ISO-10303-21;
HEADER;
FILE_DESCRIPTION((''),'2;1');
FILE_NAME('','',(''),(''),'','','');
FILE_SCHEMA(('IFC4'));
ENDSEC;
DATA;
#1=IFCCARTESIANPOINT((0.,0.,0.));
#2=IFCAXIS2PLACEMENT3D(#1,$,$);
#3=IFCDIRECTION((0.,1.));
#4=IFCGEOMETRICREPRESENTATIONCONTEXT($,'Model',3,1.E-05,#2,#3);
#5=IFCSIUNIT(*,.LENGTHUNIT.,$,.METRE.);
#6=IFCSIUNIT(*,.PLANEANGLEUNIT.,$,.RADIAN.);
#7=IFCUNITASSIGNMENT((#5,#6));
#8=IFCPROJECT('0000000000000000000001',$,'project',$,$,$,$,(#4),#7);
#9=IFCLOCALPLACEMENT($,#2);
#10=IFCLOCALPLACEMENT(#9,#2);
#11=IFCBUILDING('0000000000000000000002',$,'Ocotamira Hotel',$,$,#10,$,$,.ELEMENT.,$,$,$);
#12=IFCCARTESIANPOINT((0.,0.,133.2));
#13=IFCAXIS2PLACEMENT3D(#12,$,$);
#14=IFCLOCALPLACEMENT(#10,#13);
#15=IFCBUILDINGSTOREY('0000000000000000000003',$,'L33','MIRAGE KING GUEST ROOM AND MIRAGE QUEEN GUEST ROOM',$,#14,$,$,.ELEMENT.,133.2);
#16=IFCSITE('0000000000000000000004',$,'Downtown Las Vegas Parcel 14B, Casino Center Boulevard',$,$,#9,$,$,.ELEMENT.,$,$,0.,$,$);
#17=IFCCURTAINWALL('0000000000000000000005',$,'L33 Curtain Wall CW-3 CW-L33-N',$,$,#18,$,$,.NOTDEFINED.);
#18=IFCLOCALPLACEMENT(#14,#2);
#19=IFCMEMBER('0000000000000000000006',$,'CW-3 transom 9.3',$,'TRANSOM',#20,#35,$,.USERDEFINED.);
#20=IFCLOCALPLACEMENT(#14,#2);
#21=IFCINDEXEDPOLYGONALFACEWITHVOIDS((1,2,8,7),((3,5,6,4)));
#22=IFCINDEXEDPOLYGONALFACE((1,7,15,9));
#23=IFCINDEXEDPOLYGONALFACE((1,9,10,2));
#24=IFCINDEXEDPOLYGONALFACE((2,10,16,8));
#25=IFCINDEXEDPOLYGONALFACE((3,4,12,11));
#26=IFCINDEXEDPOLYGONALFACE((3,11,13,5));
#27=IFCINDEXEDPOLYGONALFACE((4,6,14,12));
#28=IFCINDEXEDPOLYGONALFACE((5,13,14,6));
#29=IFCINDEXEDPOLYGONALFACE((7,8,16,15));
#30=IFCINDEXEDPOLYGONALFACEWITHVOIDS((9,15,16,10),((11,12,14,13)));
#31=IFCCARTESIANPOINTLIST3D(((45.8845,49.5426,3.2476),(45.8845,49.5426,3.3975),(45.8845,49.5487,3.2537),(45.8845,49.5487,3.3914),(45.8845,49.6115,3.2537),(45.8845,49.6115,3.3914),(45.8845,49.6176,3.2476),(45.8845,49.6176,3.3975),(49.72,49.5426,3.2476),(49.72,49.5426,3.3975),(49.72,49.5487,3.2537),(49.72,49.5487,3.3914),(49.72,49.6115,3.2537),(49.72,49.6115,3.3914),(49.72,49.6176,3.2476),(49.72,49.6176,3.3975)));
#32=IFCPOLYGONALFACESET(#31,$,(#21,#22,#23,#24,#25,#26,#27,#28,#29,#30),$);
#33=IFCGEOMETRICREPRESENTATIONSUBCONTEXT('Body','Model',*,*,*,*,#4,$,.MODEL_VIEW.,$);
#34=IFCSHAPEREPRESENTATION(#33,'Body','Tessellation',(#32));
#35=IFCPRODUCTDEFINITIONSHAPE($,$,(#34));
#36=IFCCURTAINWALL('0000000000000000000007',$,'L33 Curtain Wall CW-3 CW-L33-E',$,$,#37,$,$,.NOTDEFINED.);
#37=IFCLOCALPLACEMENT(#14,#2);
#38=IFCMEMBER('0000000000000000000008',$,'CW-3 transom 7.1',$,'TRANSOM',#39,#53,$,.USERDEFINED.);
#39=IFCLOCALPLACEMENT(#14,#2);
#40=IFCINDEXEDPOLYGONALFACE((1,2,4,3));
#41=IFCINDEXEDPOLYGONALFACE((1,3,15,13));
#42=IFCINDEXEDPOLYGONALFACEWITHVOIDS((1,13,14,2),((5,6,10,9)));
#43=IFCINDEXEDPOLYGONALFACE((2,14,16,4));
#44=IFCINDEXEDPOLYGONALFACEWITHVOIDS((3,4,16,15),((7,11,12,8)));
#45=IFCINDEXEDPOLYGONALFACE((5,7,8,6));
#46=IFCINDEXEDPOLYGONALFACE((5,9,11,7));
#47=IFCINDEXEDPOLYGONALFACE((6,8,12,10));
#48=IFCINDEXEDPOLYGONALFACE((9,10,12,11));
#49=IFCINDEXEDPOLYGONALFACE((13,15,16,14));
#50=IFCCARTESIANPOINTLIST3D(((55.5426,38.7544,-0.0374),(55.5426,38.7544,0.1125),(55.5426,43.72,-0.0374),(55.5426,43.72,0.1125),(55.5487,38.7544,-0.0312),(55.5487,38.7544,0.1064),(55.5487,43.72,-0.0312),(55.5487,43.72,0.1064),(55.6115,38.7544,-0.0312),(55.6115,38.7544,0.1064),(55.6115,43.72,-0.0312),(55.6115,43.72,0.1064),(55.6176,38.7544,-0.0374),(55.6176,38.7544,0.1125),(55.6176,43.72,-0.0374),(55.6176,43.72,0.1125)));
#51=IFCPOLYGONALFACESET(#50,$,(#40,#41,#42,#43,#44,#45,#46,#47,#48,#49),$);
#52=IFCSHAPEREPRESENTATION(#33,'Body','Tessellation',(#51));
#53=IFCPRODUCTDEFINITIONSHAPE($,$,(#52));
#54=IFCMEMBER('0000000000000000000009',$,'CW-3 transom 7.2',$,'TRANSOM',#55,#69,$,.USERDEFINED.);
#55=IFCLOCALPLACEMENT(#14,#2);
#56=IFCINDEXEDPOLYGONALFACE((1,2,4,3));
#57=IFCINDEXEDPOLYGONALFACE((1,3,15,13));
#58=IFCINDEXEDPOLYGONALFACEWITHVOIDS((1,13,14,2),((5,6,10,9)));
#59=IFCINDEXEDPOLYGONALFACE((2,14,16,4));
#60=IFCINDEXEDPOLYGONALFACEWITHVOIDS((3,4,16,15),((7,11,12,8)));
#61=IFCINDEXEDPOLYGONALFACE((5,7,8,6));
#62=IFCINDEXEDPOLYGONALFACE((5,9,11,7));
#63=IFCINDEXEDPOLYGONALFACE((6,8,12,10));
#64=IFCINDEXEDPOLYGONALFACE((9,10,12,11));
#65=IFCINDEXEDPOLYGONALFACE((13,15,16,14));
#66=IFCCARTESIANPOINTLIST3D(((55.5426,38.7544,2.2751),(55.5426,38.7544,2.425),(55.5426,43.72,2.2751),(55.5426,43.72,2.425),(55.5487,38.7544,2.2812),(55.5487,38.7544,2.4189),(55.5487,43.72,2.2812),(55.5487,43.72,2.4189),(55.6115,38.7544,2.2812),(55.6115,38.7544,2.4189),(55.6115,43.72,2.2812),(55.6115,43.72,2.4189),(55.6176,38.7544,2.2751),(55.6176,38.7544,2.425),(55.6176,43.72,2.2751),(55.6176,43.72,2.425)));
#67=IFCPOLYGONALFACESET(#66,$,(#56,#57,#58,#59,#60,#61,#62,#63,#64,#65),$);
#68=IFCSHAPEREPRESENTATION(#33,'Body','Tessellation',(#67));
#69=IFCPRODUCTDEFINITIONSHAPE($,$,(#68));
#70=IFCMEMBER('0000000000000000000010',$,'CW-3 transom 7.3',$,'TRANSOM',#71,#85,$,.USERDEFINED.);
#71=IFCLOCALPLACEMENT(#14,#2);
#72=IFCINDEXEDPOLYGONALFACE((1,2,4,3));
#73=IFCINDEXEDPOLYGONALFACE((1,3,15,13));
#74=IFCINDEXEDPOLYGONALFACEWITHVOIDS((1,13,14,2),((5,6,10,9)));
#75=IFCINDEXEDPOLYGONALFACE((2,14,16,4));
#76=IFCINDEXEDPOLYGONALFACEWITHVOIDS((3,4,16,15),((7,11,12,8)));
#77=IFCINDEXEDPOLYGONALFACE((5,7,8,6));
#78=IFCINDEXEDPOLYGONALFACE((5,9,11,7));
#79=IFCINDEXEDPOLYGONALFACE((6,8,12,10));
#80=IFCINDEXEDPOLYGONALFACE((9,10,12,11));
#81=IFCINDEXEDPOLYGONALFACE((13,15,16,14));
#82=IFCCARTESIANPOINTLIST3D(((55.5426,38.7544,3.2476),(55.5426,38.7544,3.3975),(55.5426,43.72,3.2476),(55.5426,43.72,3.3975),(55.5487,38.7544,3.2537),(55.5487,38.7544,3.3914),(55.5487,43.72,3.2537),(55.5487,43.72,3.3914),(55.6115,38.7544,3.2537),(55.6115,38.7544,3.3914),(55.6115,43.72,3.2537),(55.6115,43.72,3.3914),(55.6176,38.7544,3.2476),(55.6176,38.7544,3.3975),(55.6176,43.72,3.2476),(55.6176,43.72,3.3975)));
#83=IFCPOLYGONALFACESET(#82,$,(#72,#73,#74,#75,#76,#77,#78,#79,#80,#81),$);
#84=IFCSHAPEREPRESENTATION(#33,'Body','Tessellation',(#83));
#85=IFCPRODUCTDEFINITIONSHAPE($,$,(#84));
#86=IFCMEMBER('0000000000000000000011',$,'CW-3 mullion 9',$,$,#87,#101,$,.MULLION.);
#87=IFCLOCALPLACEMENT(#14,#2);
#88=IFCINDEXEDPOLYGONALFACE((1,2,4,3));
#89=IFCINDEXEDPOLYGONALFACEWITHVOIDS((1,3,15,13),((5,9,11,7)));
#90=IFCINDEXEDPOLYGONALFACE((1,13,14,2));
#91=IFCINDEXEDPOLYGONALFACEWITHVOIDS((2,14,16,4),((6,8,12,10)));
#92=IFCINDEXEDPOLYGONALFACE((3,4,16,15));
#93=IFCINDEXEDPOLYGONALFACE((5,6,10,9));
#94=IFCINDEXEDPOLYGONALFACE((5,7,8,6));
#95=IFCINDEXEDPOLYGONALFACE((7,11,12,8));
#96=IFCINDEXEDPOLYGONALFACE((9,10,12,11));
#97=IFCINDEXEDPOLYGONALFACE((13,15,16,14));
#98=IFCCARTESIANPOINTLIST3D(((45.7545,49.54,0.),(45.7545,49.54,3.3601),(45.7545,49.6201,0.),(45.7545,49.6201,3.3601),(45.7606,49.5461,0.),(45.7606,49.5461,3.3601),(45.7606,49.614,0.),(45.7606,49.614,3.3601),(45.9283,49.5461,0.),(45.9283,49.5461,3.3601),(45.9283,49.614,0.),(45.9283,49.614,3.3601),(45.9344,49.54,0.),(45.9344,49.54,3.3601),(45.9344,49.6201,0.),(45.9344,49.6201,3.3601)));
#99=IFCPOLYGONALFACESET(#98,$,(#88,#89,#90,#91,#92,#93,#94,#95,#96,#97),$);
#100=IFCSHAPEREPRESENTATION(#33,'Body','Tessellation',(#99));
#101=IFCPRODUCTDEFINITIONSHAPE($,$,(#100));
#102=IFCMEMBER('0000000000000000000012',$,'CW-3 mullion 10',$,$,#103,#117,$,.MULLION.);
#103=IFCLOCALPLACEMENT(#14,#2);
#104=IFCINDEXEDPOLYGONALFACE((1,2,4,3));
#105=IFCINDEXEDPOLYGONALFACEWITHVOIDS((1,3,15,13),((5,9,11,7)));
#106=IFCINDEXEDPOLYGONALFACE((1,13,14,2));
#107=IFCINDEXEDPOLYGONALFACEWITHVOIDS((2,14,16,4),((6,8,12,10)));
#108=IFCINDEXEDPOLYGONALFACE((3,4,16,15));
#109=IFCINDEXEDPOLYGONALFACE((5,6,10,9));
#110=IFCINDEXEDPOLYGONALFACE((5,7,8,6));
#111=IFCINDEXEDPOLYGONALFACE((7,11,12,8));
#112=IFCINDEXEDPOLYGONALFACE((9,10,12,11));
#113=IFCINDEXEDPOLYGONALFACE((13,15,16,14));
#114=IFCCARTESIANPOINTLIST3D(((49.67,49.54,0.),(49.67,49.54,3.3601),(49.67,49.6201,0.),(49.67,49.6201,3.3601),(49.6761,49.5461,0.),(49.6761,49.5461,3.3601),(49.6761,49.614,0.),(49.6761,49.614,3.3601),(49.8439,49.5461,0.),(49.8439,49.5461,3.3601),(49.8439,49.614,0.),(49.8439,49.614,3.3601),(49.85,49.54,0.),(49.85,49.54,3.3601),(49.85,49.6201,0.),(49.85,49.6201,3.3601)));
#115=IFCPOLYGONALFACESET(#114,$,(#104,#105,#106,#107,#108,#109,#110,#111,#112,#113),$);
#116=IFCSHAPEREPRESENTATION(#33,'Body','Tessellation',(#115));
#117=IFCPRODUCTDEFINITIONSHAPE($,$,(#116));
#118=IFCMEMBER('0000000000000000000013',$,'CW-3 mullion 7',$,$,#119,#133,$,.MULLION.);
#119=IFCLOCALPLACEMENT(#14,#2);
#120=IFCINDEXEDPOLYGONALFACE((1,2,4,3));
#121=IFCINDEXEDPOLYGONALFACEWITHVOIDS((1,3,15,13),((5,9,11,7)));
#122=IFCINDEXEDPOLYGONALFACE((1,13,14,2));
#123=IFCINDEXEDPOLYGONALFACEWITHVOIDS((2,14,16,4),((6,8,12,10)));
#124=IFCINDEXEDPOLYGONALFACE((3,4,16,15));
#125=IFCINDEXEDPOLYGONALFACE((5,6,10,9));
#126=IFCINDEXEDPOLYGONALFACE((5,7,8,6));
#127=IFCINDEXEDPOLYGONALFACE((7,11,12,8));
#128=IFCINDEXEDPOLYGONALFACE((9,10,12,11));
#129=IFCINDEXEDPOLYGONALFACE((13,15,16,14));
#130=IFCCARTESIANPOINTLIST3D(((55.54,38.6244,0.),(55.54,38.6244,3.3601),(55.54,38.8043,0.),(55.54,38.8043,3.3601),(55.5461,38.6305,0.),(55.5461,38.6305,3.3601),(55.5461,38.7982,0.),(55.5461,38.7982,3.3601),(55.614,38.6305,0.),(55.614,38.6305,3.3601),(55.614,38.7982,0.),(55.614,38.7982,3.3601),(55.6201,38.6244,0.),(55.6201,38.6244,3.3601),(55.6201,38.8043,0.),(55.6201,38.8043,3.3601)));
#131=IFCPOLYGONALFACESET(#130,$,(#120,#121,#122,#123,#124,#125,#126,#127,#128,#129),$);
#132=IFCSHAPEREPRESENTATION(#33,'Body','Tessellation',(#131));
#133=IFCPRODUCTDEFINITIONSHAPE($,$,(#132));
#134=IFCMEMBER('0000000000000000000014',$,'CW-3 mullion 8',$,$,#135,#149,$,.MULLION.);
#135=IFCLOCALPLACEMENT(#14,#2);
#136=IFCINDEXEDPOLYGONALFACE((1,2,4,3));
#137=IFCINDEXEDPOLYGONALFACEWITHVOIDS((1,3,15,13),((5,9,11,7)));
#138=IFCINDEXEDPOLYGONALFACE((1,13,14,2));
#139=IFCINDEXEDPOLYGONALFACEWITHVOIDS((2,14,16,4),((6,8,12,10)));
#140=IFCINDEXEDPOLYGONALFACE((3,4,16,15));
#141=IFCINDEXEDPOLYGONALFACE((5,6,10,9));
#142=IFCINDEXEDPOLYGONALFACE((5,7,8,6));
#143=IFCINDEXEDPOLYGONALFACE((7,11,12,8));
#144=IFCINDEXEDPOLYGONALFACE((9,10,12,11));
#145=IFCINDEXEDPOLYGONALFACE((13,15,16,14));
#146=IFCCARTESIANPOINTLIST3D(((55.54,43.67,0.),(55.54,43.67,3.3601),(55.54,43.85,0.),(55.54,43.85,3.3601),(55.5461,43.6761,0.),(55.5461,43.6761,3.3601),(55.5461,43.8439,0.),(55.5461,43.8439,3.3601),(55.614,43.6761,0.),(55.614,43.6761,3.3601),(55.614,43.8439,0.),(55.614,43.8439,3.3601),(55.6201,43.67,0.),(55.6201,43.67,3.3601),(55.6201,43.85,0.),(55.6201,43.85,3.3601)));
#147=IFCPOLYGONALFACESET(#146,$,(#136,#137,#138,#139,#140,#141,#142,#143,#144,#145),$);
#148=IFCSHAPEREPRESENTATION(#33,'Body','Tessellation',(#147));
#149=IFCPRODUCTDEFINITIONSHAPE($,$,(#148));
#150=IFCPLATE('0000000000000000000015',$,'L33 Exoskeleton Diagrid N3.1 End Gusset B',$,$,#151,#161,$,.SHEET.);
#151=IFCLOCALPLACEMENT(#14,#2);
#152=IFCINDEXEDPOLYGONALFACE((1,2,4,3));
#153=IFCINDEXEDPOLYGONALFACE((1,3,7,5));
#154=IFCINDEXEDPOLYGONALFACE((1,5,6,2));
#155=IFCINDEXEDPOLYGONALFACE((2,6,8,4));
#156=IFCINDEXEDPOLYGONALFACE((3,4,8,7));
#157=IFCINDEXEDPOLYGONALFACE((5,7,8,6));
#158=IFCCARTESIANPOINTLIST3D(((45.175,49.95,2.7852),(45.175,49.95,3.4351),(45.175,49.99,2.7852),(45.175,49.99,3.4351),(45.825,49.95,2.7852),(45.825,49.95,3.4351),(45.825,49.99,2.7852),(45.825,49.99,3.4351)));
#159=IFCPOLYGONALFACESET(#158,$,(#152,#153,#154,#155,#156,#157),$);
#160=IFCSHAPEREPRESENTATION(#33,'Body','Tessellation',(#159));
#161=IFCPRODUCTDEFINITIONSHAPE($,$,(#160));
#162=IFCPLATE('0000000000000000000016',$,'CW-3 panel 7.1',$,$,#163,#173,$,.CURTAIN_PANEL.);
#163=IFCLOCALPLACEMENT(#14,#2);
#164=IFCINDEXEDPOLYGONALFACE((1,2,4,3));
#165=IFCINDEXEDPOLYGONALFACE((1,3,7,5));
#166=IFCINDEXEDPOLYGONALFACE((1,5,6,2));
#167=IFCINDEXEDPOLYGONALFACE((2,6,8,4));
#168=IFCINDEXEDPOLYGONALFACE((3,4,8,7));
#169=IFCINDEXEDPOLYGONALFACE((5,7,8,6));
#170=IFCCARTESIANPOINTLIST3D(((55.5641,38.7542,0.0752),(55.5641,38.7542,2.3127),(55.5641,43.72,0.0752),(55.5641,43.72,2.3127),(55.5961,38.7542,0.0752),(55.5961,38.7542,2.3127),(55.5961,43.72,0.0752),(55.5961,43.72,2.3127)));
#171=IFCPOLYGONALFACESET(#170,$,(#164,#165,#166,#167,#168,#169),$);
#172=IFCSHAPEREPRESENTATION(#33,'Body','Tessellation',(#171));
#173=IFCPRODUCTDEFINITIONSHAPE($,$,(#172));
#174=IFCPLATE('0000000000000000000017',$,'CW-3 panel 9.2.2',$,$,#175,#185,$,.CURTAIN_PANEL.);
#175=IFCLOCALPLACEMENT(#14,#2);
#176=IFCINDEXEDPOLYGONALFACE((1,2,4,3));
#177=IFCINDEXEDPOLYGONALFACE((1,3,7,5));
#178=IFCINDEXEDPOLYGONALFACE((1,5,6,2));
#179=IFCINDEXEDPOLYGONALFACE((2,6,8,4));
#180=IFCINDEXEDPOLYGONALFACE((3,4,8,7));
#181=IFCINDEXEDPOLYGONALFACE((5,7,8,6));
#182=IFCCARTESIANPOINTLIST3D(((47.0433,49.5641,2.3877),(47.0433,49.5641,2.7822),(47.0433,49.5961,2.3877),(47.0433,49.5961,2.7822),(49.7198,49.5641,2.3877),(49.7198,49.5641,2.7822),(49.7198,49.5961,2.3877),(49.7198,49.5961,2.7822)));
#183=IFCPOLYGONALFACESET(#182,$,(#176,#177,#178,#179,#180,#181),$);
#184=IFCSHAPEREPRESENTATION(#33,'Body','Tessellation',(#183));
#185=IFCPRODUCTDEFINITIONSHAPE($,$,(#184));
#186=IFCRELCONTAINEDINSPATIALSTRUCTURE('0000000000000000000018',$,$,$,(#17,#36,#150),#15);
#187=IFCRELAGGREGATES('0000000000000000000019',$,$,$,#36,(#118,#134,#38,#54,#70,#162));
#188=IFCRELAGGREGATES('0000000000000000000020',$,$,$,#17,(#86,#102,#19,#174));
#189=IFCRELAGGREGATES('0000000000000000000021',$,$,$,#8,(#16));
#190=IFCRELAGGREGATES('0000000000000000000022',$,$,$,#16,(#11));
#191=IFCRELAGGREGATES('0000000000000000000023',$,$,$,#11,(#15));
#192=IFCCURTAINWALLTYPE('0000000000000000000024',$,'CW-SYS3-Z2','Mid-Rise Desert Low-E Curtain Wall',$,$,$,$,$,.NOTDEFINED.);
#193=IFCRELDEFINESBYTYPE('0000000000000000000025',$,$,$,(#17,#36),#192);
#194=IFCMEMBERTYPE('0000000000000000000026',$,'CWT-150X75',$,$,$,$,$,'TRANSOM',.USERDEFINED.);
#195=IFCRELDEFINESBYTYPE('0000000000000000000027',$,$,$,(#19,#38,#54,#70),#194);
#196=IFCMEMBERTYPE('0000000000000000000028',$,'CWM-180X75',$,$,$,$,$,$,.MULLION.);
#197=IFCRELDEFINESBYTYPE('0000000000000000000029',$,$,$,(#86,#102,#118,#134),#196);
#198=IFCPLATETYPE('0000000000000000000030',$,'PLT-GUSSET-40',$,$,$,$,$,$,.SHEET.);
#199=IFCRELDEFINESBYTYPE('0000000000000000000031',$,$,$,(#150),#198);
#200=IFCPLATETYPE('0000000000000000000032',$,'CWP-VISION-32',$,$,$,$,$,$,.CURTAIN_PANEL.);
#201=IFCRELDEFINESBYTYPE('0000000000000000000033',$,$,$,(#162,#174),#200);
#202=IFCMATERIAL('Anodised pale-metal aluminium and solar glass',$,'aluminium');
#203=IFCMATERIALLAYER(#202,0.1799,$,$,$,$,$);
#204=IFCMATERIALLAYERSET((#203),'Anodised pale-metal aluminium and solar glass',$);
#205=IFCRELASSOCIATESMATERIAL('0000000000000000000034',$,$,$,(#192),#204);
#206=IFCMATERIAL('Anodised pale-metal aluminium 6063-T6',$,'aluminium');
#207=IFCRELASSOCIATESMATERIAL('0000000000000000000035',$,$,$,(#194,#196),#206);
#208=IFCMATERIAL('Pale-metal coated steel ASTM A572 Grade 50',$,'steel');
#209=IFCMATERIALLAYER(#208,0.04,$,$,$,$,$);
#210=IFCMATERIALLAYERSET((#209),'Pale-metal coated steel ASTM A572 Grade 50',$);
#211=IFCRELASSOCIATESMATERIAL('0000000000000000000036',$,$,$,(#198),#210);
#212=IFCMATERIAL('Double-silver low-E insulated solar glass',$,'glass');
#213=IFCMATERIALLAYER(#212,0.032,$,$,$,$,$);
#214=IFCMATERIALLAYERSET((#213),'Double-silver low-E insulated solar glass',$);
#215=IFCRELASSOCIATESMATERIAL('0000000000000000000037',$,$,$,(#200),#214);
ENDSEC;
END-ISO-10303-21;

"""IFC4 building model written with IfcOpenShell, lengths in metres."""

from ifc_helpers import new_model, si_unit, direction, frame, origin, origin_2d, place, context, subcontext, project, spatial, rectangle, hollow_rectangle, extrude, source, transform, mapped, material, layer, layer_set, material_profile, profile_set, type_object, element, aggregate, save


model = new_model("IFC4")

# Units and contexts
model_context = context("Model", 3, precision=1e-05, world=origin(), true_north=direction((0.0, 1.0)))
body_context = subcontext(model_context, "Body", "Model", "MODEL_VIEW")
ifc_project = project(units=[si_unit("LENGTHUNIT", "METRE"), si_unit("PLANEANGLEUNIT", "RADIAN")], contexts=[model_context])

# Site, building, storey
site_placement = place(None, origin())
site = spatial("IfcSite", under=ifc_project, at=site_placement, Name="Downtown Las Vegas Parcel 14B, Casino Center Boulevard", CompositionType="ELEMENT", RefElevation=0.0)
building_placement = place(site_placement, origin())
building = spatial("IfcBuilding", under=site, at=building_placement, Name="Ocotamira Hotel", CompositionType="ELEMENT")
storey_placement = place(building_placement, frame((0.0, 0.0, 133.2)))
storey = spatial("IfcBuildingStorey", under=building, at=storey_placement, Name="L33", Description="MIRAGE KING GUEST ROOM AND MIRAGE QUEEN GUEST ROOM", CompositionType="ELEMENT", Elevation=133.2)

# Curtain walls, members
ifc_material_1 = material(Name="Anodised pale-metal aluminium and solar glass", Category="aluminium")
ifc_layer_1 = layer(ifc_material_1, 0.1799)
ifc_layer_set_1 = layer_set([ifc_layer_1], Name="Anodised pale-metal aluminium and solar glass")
curtain_wall_type = type_object("IfcCurtainWallType", Name="CW-SYS3-Z2", Description="Mid-Rise Desert Low-E Curtain Wall", PredefinedType="NOTDEFINED", material=ifc_layer_set_1)
curtain_wall_1_placement = place(storey_placement, origin())
curtain_wall_1 = element("IfcCurtainWall", 1, at=curtain_wall_1_placement, inside=storey, type_object=curtain_wall_type, Name="L33 Curtain Wall CW-3 CW-L33-N", PredefinedType="NOTDEFINED")
ifc_material_2 = material(Name="Anodised pale-metal aluminium 6063-T6", Category="aluminium")
ifc_material_profile_1 = material_profile(ifc_material_2, hollow_rectangle(XDim=0.075, YDim=0.1499, WallThickness=0.0061, at=origin_2d()), Name="HSS150X75X6")
ifc_profile_set_1 = profile_set([ifc_material_profile_1], Name="Anodised pale-metal aluminium 6063-T6")
member_type_1 = type_object("IfcMemberType", Name="CWT-150X75", ElementType="TRANSOM", PredefinedType="USERDEFINED", material=ifc_profile_set_1)
shared_shape_1 = source(origin(), body_context, "Body", "SweptSolid", [
    extrude(hollow_rectangle(XDim=0.075, YDim=0.1499, WallThickness=0.0061, at=origin_2d()), origin(), (0.0, 0.0, 1.0), 3.8354),
])
member_1_placement = place(storey_placement, frame((45.8845, 49.5801, 3.3225), z_axis=(1.0, 0.0, 0.0), x_axis=(0.0, 1.0, 0.0)))
member_1 = element("IfcMember", 2, at=member_1_placement, type_object=member_type_1, Name="CW-3 transom 9.3", ObjectType="TRANSOM", PredefinedType="USERDEFINED", context=body_context, shape_type="MappedRepresentation", body=[
    mapped(shared_shape_1, transform((0.0, 0.0, 0.0), scale=1.0)),
])
curtain_wall_2_placement = place(storey_placement, origin())
curtain_wall_2 = element("IfcCurtainWall", 3, at=curtain_wall_2_placement, inside=storey, type_object=curtain_wall_type, Name="L33 Curtain Wall CW-3 CW-L33-E", PredefinedType="NOTDEFINED")
shared_shape_2 = source(origin(), body_context, "Body", "SweptSolid", [
    extrude(hollow_rectangle(XDim=0.075, YDim=0.1499, WallThickness=0.0061, at=origin_2d()), origin(), (0.0, 0.0, 1.0), 4.9656),
])
member_2_placement = place(storey_placement, frame((55.5801, 38.7544, 0.0376), z_axis=(0.0, 1.0, 0.0), x_axis=(-1.0, 0.0, 0.0)))
member_2 = element("IfcMember", 4, at=member_2_placement, type_object=member_type_1, Name="CW-3 transom 7.1", ObjectType="TRANSOM", PredefinedType="USERDEFINED", context=body_context, shape_type="MappedRepresentation", body=[
    mapped(shared_shape_2, transform((0.0, 0.0, 0.0), scale=1.0)),
])
member_3_placement = place(storey_placement, frame((55.5801, 38.7544, 2.3501), z_axis=(0.0, 1.0, 0.0), x_axis=(-1.0, 0.0, 0.0)))
member_3 = element("IfcMember", 5, at=member_3_placement, type_object=member_type_1, Name="CW-3 transom 7.2", ObjectType="TRANSOM", PredefinedType="USERDEFINED", context=body_context, shape_type="MappedRepresentation", body=[
    mapped(shared_shape_2, transform((0.0, 0.0, 0.0), scale=1.0)),
])
member_4_placement = place(storey_placement, frame((55.5801, 38.7544, 3.3225), z_axis=(0.0, 1.0, 0.0), x_axis=(-1.0, 0.0, 0.0)))
member_4 = element("IfcMember", 6, at=member_4_placement, type_object=member_type_1, Name="CW-3 transom 7.3", ObjectType="TRANSOM", PredefinedType="USERDEFINED", context=body_context, shape_type="MappedRepresentation", body=[
    mapped(shared_shape_2, transform((0.0, 0.0, 0.0), scale=1.0)),
])

# Members
ifc_material_profile_2 = material_profile(ifc_material_2, hollow_rectangle(XDim=0.0801, YDim=0.1799, WallThickness=0.0061, at=origin_2d()), Name="HSS180X80X6")
ifc_profile_set_2 = profile_set([ifc_material_profile_2], Name="Anodised pale-metal aluminium 6063-T6")
member_type_2 = type_object("IfcMemberType", Name="CWM-180X75", PredefinedType="MULLION", material=ifc_profile_set_2)
shared_shape_3 = source(origin(), body_context, "Body", "SweptSolid", [
    extrude(hollow_rectangle(XDim=0.0801, YDim=0.1799, WallThickness=0.0061, at=origin_2d()), origin(), (0.0, 0.0, 1.0), 3.3601),
])
member_5_placement = place(storey_placement, frame((45.8445, 49.5801, 0.0), z_axis=(0.0, 0.0, 1.0), x_axis=(0.0, 1.0, 0.0)))
member_5 = element("IfcMember", 7, at=member_5_placement, type_object=member_type_2, Name="CW-3 mullion 9", PredefinedType="MULLION", context=body_context, shape_type="MappedRepresentation", body=[
    mapped(shared_shape_3, transform((0.0, 0.0, 0.0), scale=1.0)),
])
member_6_placement = place(storey_placement, frame((49.76, 49.5801, 0.0), z_axis=(0.0, 0.0, 1.0), x_axis=(0.0, 1.0, 0.0)))
member_6 = element("IfcMember", 8, at=member_6_placement, type_object=member_type_2, Name="CW-3 mullion 10", PredefinedType="MULLION", context=body_context, shape_type="MappedRepresentation", body=[
    mapped(shared_shape_3, transform((0.0, 0.0, 0.0), scale=1.0)),
])
member_7_placement = place(storey_placement, frame((55.5801, 38.7144, 0.0), z_axis=(0.0, 0.0, 1.0), x_axis=(-1.0, 0.0, 0.0)))
member_7 = element("IfcMember", 9, at=member_7_placement, type_object=member_type_2, Name="CW-3 mullion 7", PredefinedType="MULLION", context=body_context, shape_type="MappedRepresentation", body=[
    mapped(shared_shape_3, transform((0.0, 0.0, 0.0), scale=1.0)),
])
member_8_placement = place(storey_placement, frame((55.5801, 43.76, 0.0), z_axis=(0.0, 0.0, 1.0), x_axis=(-1.0, 0.0, 0.0)))
member_8 = element("IfcMember", 10, at=member_8_placement, type_object=member_type_2, Name="CW-3 mullion 8", PredefinedType="MULLION", context=body_context, shape_type="MappedRepresentation", body=[
    mapped(shared_shape_3, transform((0.0, 0.0, 0.0), scale=1.0)),
])

# Plates
ifc_material_3 = material(Name="Pale-metal coated steel ASTM A572 Grade 50", Category="steel")
ifc_layer_2 = layer(ifc_material_3, 0.04)
ifc_layer_set_2 = layer_set([ifc_layer_2], Name="Pale-metal coated steel ASTM A572 Grade 50")
plate_type_1 = type_object("IfcPlateType", Name="PLT-GUSSET-40", PredefinedType="SHEET", material=ifc_layer_set_2)
shared_shape_4 = source(origin(), body_context, "Body", "SweptSolid", [
    extrude(rectangle(XDim=0.6499, YDim=0.04, at=origin_2d()), origin(), (0.0, 0.0, 1.0), 0.6499),
])
plate_1_placement = place(storey_placement, frame((45.5, 49.97, 2.7852), z_axis=(0.0, 0.0, 1.0), x_axis=(1.0, 0.0, 0.0)))
element("IfcPlate", 11, at=plate_1_placement, inside=storey, type_object=plate_type_1, Name="L33 Exoskeleton Diagrid N3.1 End Gusset B", PredefinedType="SHEET", context=body_context, shape_type="MappedRepresentation", body=[
    mapped(shared_shape_4, transform((0.0, 0.0, 0.0), scale=1.0)),
])
ifc_material_4 = material(Name="Double-silver low-E insulated solar glass", Category="glass")
ifc_layer_3 = layer(ifc_material_4, 0.032)
ifc_layer_set_3 = layer_set([ifc_layer_3], Name="Double-silver low-E insulated solar glass")
plate_type_2 = type_object("IfcPlateType", Name="CWP-VISION-32", PredefinedType="CURTAIN_PANEL", material=ifc_layer_set_3)
shared_shape_5 = source(origin(), body_context, "Body", "SweptSolid", [
    extrude(rectangle(XDim=4.9658, YDim=0.032, at=origin_2d()), origin(), (0.0, 0.0, 1.0), 2.2375),
])
plate_2_placement = place(storey_placement, frame((55.5801, 41.2371, 0.0752), z_axis=(0.0, 0.0, 1.0), x_axis=(0.0, 1.0, 0.0)))
plate_2 = element("IfcPlate", 12, at=plate_2_placement, type_object=plate_type_2, Name="CW-3 panel 7.1", PredefinedType="CURTAIN_PANEL", context=body_context, shape_type="MappedRepresentation", body=[
    mapped(shared_shape_5, transform((0.0, 0.0, 0.0), scale=1.0)),
])
shared_shape_6 = source(origin(), body_context, "Body", "SweptSolid", [
    extrude(rectangle(XDim=2.6765, YDim=0.032, at=origin_2d()), origin(), (0.0, 0.0, 1.0), 0.3945),
])
plate_3_placement = place(storey_placement, frame((48.3816, 49.5801, 2.3877), z_axis=(0.0, 0.0, 1.0), x_axis=(1.0, 0.0, 0.0)))
plate_3 = element("IfcPlate", 13, at=plate_3_placement, type_object=plate_type_2, Name="CW-3 panel 9.2.2", PredefinedType="CURTAIN_PANEL", context=body_context, shape_type="MappedRepresentation", body=[
    mapped(shared_shape_6, transform((0.0, 0.0, 0.0), scale=1.0)),
])
aggregate(curtain_wall_2, [member_7, member_8, member_2, member_3, member_4, plate_2])
aggregate(curtain_wall_1, [member_5, member_6, member_1, plate_3])

save(model, "model.ifc")
